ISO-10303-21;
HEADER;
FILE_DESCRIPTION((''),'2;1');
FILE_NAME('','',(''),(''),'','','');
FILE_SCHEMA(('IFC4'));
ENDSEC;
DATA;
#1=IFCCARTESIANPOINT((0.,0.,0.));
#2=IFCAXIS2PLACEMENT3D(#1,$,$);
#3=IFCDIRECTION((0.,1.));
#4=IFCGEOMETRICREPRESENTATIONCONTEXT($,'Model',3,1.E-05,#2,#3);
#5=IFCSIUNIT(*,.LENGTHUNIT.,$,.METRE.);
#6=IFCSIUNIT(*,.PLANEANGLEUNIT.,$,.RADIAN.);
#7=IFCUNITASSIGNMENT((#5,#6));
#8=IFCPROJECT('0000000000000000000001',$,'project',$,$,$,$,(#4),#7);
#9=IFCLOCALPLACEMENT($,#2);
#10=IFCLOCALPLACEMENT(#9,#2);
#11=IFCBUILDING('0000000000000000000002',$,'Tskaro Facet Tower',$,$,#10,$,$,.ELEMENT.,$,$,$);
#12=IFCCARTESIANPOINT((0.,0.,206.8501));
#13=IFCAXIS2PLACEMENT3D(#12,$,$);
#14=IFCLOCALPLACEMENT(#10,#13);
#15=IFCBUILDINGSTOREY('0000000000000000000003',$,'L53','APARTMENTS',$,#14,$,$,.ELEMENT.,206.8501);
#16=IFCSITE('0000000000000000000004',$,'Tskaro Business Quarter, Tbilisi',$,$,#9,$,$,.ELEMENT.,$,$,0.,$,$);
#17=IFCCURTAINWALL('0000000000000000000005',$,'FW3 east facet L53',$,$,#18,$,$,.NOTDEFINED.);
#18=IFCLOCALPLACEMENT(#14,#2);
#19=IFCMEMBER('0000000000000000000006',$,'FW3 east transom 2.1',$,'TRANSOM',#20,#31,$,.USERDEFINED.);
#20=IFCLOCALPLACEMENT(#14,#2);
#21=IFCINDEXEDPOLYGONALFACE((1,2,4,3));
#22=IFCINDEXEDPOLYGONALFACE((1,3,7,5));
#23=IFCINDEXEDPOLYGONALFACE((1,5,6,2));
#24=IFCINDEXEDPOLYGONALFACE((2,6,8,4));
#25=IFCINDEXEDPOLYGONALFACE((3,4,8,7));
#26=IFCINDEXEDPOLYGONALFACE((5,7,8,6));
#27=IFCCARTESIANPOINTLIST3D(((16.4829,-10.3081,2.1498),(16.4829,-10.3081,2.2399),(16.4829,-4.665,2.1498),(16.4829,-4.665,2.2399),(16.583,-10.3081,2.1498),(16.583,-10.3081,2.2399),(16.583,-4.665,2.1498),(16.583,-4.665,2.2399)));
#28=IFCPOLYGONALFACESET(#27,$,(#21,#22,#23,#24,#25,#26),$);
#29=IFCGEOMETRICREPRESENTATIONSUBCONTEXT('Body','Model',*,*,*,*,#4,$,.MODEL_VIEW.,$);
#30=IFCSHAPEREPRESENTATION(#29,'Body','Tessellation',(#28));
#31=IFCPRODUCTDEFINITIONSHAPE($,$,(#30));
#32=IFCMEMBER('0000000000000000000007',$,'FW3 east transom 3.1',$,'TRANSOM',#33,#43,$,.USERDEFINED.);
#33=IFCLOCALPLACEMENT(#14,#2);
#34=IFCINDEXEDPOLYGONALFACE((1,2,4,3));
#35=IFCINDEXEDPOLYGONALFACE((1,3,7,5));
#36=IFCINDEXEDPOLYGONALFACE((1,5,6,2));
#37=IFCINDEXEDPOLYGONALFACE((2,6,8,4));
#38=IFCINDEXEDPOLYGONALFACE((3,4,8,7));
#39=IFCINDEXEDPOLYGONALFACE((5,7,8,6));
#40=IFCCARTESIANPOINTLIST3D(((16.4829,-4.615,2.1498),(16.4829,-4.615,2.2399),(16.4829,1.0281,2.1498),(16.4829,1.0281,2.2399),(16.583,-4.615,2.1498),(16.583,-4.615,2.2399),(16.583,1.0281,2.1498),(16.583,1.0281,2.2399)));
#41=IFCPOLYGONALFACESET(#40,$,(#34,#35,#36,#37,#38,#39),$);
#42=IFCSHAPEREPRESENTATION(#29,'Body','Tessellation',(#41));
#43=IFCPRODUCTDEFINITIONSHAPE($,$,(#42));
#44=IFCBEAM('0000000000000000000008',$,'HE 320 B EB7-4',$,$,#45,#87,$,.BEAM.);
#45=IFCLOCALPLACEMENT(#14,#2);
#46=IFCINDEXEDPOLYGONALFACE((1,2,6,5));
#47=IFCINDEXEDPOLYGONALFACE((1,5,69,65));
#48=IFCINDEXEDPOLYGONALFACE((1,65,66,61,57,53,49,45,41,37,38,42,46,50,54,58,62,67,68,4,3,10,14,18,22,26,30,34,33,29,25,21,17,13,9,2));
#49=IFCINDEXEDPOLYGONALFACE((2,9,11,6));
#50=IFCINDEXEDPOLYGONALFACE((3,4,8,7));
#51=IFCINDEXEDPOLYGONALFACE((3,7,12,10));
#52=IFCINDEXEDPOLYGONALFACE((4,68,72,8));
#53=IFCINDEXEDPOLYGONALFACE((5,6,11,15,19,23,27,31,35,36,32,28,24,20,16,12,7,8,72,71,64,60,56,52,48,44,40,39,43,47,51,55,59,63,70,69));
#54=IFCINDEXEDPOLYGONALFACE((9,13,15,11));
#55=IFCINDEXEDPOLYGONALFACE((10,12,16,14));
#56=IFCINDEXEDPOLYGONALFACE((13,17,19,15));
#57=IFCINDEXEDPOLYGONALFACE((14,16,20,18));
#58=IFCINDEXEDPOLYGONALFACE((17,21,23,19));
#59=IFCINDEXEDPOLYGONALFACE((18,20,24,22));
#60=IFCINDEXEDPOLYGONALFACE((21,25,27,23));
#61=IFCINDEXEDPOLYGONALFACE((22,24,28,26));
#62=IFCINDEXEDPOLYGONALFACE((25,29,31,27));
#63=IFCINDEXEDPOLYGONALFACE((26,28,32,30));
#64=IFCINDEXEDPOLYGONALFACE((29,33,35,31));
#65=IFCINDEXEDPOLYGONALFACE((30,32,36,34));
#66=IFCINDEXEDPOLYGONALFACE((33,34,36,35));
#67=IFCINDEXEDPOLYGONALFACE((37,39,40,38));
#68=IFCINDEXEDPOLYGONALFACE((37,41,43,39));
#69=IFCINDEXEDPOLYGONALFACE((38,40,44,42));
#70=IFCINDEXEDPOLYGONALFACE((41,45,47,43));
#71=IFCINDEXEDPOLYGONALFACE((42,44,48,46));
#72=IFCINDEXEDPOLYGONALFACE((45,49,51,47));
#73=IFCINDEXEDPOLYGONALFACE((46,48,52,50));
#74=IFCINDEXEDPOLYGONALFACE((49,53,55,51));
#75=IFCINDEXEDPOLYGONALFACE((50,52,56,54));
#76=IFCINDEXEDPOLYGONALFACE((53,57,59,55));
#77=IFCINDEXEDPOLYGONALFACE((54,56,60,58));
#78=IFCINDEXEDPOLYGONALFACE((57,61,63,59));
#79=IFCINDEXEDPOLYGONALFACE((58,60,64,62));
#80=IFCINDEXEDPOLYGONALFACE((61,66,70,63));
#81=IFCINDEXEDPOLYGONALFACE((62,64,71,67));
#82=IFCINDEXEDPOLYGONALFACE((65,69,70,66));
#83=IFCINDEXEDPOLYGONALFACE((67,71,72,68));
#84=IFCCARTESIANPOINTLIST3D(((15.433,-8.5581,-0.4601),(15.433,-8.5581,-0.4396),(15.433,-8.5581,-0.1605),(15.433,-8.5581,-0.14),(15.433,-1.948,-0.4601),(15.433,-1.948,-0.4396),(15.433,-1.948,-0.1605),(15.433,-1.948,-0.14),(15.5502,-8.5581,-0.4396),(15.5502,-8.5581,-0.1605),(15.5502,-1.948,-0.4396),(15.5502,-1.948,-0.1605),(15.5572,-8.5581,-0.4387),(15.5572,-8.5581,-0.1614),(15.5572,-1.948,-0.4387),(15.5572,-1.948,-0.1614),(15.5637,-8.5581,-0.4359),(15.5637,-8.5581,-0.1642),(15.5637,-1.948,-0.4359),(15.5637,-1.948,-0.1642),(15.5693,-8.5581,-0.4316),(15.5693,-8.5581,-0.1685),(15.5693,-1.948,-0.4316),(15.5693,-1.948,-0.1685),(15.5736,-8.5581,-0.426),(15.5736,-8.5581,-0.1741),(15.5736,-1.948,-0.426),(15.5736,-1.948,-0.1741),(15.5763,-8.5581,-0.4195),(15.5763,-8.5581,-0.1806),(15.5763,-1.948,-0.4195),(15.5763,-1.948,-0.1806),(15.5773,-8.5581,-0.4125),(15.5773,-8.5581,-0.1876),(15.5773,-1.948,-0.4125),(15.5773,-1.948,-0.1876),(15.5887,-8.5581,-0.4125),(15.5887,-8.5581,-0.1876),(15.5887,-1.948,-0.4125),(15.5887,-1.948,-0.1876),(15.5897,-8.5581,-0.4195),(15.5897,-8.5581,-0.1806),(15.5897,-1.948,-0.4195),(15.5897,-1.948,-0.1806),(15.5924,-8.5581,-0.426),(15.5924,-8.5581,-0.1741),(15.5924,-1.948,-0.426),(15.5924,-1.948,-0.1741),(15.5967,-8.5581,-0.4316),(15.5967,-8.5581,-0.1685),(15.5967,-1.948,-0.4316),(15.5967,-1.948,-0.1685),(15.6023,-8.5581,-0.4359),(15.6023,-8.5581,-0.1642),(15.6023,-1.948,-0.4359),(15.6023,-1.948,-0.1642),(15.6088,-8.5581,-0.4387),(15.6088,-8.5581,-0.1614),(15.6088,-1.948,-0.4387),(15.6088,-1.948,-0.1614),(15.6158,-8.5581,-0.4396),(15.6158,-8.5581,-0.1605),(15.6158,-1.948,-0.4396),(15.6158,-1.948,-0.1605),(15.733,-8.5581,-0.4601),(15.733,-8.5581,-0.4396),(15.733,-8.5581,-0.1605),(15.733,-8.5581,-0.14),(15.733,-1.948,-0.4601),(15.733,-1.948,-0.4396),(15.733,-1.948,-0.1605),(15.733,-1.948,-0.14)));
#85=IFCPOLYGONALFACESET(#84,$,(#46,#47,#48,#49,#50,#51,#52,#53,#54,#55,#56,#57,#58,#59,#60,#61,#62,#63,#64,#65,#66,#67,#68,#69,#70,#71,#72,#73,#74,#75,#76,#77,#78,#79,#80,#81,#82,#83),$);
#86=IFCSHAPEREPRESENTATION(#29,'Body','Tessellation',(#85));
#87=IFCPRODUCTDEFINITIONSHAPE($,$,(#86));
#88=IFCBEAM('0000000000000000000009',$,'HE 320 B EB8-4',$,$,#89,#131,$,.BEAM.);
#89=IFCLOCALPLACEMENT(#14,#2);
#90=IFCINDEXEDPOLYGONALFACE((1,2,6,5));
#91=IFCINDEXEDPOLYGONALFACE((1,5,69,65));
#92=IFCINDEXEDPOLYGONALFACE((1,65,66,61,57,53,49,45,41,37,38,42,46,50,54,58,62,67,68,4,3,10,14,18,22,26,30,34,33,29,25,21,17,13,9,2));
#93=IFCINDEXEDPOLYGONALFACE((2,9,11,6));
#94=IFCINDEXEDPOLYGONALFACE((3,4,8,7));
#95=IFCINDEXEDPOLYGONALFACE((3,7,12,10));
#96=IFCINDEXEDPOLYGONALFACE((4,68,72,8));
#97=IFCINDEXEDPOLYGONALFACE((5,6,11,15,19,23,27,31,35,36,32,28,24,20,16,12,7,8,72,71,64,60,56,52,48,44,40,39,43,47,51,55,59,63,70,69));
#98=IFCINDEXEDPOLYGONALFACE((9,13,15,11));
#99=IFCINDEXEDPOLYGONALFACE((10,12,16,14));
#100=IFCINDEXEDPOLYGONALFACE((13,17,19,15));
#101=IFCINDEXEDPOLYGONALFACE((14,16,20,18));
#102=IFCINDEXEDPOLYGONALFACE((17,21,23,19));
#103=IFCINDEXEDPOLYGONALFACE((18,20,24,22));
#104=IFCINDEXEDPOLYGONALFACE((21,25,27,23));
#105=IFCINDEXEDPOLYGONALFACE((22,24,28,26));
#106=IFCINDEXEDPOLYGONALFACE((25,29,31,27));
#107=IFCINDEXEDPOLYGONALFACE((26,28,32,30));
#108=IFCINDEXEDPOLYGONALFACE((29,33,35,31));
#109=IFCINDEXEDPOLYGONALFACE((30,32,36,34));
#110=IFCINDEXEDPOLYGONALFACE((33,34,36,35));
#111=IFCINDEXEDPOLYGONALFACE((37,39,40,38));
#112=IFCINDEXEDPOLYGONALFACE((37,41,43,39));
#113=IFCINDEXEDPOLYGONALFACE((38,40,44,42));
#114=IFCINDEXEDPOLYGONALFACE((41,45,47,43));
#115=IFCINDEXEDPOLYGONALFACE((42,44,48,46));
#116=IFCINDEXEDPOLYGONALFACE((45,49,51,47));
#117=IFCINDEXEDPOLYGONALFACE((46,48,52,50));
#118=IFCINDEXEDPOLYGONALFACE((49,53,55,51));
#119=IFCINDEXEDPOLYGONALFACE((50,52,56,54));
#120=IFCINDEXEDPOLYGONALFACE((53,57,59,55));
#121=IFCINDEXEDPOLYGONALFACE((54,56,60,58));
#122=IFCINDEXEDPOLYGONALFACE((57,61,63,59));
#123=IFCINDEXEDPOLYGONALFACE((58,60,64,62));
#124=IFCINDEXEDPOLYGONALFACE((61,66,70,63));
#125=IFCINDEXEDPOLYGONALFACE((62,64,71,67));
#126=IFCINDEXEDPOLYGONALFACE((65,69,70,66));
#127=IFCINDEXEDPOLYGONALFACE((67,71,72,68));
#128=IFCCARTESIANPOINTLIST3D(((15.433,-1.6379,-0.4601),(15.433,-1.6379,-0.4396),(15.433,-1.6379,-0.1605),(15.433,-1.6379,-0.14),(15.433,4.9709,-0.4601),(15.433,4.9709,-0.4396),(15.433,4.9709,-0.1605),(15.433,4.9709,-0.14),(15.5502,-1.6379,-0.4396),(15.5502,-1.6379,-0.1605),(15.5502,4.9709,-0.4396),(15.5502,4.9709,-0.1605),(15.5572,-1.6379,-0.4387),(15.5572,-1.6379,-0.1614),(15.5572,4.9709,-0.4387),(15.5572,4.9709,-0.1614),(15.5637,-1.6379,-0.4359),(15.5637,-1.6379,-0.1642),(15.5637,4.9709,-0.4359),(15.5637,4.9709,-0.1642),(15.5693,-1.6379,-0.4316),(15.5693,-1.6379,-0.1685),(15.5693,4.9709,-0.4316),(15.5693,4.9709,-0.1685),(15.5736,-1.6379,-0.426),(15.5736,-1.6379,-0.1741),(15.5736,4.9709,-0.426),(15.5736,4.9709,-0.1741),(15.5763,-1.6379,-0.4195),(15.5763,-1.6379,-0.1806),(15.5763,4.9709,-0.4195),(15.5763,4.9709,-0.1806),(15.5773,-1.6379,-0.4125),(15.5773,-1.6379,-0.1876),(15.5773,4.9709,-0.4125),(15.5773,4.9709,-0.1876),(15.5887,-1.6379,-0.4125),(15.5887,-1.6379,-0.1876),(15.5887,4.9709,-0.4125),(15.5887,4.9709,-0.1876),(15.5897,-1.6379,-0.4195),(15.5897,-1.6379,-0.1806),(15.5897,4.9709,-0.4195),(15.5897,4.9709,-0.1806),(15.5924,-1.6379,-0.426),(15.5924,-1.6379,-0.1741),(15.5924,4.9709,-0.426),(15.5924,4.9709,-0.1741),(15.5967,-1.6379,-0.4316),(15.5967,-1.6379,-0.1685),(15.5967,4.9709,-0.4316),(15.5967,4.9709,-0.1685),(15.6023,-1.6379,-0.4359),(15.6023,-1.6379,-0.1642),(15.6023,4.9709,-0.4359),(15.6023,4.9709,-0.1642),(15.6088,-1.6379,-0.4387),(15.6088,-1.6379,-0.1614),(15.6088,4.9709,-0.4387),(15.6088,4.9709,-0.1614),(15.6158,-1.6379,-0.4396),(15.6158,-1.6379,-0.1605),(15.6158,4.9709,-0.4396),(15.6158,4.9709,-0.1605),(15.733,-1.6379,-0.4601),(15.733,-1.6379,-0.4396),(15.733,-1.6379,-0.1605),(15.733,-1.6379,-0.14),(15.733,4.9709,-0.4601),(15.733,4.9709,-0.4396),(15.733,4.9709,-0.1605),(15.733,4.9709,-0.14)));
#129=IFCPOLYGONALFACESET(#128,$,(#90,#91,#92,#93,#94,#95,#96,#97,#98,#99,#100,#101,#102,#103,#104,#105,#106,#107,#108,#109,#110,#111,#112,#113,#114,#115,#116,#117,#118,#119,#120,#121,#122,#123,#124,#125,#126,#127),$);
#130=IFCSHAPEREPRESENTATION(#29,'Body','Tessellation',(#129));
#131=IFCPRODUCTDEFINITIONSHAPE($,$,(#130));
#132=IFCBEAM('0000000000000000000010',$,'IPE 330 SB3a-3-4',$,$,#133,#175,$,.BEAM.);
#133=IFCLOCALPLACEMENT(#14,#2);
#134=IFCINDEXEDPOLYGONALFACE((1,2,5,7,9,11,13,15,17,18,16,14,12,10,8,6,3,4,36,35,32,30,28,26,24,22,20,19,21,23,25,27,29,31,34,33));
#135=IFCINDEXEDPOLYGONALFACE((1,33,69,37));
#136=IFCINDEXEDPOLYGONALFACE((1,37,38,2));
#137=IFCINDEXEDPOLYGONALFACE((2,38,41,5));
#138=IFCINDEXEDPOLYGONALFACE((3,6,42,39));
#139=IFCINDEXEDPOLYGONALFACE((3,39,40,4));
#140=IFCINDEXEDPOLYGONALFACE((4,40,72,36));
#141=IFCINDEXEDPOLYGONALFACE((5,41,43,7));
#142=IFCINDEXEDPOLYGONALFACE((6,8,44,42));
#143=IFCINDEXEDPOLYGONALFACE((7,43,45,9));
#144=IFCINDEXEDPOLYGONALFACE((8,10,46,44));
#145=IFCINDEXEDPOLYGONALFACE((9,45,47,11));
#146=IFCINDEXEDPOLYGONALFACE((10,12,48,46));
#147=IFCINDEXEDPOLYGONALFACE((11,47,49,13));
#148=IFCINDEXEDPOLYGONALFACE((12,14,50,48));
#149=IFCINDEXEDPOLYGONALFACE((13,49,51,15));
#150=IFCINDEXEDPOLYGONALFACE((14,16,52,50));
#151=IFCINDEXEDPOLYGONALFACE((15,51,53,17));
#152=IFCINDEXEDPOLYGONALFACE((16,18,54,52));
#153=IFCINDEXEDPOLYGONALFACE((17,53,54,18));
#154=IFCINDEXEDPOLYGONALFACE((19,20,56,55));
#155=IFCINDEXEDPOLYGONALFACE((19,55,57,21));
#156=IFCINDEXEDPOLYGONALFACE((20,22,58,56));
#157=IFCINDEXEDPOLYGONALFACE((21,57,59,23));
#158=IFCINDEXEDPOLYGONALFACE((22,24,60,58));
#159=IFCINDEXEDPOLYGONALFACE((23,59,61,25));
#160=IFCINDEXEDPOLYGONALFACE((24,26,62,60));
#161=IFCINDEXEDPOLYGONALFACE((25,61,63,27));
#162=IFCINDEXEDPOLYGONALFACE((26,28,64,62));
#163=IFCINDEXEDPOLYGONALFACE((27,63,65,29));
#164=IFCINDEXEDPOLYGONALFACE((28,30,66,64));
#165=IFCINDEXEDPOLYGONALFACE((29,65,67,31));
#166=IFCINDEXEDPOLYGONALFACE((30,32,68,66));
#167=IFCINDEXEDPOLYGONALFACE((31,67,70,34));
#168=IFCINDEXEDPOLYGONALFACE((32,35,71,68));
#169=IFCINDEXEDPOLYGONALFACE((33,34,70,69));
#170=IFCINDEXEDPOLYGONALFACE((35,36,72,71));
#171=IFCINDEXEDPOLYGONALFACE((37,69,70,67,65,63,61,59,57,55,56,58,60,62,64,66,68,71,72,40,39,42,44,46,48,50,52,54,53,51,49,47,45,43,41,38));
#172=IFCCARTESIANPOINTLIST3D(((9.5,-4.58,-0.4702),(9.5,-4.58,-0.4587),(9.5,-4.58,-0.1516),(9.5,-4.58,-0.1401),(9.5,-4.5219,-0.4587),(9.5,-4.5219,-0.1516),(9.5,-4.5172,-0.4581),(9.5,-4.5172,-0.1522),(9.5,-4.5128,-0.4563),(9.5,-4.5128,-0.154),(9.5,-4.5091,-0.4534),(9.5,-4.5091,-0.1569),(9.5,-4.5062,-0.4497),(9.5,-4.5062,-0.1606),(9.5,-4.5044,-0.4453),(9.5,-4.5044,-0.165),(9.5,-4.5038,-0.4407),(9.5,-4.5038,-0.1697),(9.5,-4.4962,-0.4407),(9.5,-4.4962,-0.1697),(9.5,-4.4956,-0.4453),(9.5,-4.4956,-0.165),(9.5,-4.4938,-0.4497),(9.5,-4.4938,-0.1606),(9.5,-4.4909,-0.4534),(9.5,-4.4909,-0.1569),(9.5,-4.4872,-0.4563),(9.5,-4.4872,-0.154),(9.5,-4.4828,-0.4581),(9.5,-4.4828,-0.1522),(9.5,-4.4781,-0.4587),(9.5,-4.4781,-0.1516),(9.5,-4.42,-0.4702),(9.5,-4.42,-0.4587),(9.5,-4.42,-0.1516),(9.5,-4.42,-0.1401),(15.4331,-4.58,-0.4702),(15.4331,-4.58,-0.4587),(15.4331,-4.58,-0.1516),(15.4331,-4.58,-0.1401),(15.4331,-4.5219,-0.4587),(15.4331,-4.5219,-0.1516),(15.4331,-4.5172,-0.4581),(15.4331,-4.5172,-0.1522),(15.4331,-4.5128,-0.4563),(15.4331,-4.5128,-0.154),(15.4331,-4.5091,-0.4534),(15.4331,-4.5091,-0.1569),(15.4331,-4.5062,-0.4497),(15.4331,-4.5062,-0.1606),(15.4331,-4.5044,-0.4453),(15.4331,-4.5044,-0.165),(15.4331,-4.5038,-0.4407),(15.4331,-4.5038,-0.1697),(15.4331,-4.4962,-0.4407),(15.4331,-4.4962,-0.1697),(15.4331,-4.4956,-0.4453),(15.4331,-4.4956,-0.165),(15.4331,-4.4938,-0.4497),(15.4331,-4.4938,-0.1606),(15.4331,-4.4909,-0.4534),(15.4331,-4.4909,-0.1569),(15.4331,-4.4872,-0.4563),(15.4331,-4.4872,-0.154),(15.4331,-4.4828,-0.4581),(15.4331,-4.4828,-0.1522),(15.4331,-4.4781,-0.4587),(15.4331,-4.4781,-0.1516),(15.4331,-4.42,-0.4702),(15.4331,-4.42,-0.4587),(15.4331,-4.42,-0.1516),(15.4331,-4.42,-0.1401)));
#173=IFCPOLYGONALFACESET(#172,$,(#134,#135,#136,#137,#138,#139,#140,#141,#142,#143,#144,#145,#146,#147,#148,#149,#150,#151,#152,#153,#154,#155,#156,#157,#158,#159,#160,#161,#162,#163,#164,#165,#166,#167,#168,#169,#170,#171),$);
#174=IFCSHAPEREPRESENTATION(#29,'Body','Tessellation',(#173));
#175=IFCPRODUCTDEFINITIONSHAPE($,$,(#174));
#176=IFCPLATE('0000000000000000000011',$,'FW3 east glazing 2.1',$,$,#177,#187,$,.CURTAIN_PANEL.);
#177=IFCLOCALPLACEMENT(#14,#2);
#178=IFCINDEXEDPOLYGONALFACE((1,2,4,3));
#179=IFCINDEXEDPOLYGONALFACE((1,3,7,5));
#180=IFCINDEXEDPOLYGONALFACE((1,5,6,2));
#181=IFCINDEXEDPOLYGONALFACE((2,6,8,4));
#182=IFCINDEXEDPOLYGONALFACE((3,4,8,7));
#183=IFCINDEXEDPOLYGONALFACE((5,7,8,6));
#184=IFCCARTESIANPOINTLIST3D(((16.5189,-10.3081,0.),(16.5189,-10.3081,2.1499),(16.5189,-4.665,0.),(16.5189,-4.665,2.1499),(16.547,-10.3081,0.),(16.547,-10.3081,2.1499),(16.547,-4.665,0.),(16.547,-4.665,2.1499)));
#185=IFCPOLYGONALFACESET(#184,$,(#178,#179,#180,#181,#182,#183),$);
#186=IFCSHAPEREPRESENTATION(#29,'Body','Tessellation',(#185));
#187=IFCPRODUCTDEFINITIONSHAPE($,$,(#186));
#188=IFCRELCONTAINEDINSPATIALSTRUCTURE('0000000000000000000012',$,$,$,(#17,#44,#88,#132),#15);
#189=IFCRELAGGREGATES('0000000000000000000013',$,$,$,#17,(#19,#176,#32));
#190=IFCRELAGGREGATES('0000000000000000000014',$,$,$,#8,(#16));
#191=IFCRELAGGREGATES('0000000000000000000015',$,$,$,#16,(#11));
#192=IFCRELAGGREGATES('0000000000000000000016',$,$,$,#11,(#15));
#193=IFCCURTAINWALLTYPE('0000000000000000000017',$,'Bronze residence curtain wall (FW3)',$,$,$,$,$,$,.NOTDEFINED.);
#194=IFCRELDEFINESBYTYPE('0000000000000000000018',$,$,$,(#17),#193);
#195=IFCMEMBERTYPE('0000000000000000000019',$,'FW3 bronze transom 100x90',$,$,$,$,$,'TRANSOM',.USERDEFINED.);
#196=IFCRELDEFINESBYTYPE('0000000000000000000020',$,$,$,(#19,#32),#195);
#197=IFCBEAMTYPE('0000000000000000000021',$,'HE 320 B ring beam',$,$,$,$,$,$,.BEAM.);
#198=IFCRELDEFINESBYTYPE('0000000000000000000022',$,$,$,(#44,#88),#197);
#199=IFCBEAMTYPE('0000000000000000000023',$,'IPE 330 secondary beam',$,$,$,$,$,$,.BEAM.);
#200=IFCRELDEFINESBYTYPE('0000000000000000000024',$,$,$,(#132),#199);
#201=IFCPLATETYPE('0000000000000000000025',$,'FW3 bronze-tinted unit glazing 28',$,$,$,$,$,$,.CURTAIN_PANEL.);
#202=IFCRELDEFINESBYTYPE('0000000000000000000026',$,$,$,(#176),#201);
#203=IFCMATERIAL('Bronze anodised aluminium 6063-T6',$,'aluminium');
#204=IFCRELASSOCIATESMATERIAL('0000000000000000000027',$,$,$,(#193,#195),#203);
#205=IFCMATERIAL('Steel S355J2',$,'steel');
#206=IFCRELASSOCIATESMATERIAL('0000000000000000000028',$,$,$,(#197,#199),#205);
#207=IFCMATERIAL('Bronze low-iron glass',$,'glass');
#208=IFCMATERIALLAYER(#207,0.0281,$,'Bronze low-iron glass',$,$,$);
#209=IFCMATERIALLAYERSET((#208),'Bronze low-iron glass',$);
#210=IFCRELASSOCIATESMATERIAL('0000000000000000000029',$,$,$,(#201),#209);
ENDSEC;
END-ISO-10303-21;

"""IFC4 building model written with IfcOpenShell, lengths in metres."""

from ifc_helpers import new_model, si_unit, direction, frame, origin, origin_2d, place, context, subcontext, project, spatial, rectangle, i_section, extrude, material, layer, layer_set, material_profile, profile_set, type_object, element, aggregate, save


model = new_model("IFC4")

# Units and contexts
model_context = context("Model", 3, precision=1e-05, world=origin(), true_north=direction((0.0, 1.0)))
body_context = subcontext(model_context, "Body", "Model", "MODEL_VIEW")
ifc_project = project(units=[si_unit("LENGTHUNIT", "METRE"), si_unit("PLANEANGLEUNIT", "RADIAN")], contexts=[model_context])

# Site, building, storey
site_placement = place(None, origin())
site = spatial("IfcSite", under=ifc_project, at=site_placement, Name="Tskaro Business Quarter, Tbilisi", CompositionType="ELEMENT", RefElevation=0.0)
building_placement = place(site_placement, origin())
building = spatial("IfcBuilding", under=site, at=building_placement, Name="Tskaro Facet Tower", CompositionType="ELEMENT")
storey_placement = place(building_placement, frame((0.0, 0.0, 206.8501)))
storey = spatial("IfcBuildingStorey", under=building, at=storey_placement, Name="L53", Description="APARTMENTS", CompositionType="ELEMENT", Elevation=206.8501)

# Curtain wall, members
ifc_material_1 = material(Name="Bronze anodised aluminium 6063-T6", Category="aluminium")
curtain_wall_type = type_object("IfcCurtainWallType", Name="Bronze residence curtain wall (FW3)", PredefinedType="NOTDEFINED", material=ifc_material_1)
curtain_wall_placement = place(storey_placement, origin())
curtain_wall = element("IfcCurtainWall", 1, at=curtain_wall_placement, inside=storey, type_object=curtain_wall_type, Name="FW3 east facet L53", PredefinedType="NOTDEFINED")
ifc_material_profile_1 = material_profile(ifc_material_1, rectangle(XDim=0.1001, YDim=0.0901, at=origin_2d()), Name="Transom 100x90")
ifc_profile_set_1 = profile_set([ifc_material_profile_1], Name="Bronze anodised aluminium 6063-T6")
member_type_1 = type_object("IfcMemberType", Name="FW3 bronze transom 100x90", ElementType="TRANSOM", PredefinedType="USERDEFINED", material=ifc_profile_set_1)
member_1_placement = place(storey_placement, frame((16.533, -10.3081, 2.1948), z_axis=(0.0, 1.0, 0.0), x_axis=(-1.0, 0.0, 0.0)))
member_1 = element("IfcMember", 2, at=member_1_placement, type_object=member_type_1, Name="FW3 east transom 2.1", ObjectType="TRANSOM", PredefinedType="USERDEFINED", context=body_context, shape_type="SweptSolid", body=[
    extrude(rectangle(XDim=0.1001, YDim=0.0901, at=origin_2d()), origin(), (0.0, 0.0, 1.0), 5.6431),
])
member_2_placement = place(storey_placement, frame((16.533, -4.615, 2.1948), z_axis=(0.0, 1.0, 0.0), x_axis=(-1.0, 0.0, 0.0)))
member_2 = element("IfcMember", 3, at=member_2_placement, type_object=member_type_1, Name="FW3 east transom 3.1", ObjectType="TRANSOM", PredefinedType="USERDEFINED", context=body_context, shape_type="SweptSolid", body=[
    extrude(rectangle(XDim=0.1001, YDim=0.0901, at=origin_2d()), origin(), (0.0, 0.0, 1.0), 5.6431),
])

# Beams
ifc_material_2 = material(Name="Steel S355J2", Category="steel")
ifc_material_profile_2 = material_profile(ifc_material_2, i_section(OverallWidth=0.3, OverallDepth=0.3201, WebThickness=0.0115, FlangeThickness=0.0205, FilletRadius=0.0271, at=origin_2d()), Name="HE 320 B")
ifc_profile_set_2 = profile_set([ifc_material_profile_2], Name="Steel S355J2")
beam_type_1 = type_object("IfcBeamType", Name="HE 320 B ring beam", PredefinedType="BEAM", material=ifc_profile_set_2)
beam_1_placement = place(storey_placement, frame((15.583, -8.5581, -0.3), z_axis=(0.0, 1.0, 0.0), x_axis=(-1.0, 0.0, 0.0)))
element("IfcBeam", 4, at=beam_1_placement, inside=storey, type_object=beam_type_1, Name="HE 320 B EB7-4", PredefinedType="BEAM", context=body_context, shape_type="SweptSolid", body=[
    extrude(i_section(OverallWidth=0.3, OverallDepth=0.3201, WebThickness=0.0115, FlangeThickness=0.0205, FilletRadius=0.0271, at=origin_2d()), origin(), (0.0, 0.0, 1.0), 6.6101),
])
beam_2_placement = place(storey_placement, frame((15.583, -1.6379, -0.3), z_axis=(0.0, 1.0, 0.0), x_axis=(-1.0, 0.0, 0.0)))
element("IfcBeam", 5, at=beam_2_placement, inside=storey, type_object=beam_type_1, Name="HE 320 B EB8-4", PredefinedType="BEAM", context=body_context, shape_type="SweptSolid", body=[
    extrude(i_section(OverallWidth=0.3, OverallDepth=0.3201, WebThickness=0.0115, FlangeThickness=0.0205, FilletRadius=0.0271, at=origin_2d()), origin(), (0.0, 0.0, 1.0), 6.6089),
])
ifc_material_profile_3 = material_profile(ifc_material_2, i_section(OverallWidth=0.1599, OverallDepth=0.3301, WebThickness=0.0076, FlangeThickness=0.0115, FilletRadius=0.0181, at=origin_2d()), Name="IPE 330")
ifc_profile_set_3 = profile_set([ifc_material_profile_3], Name="Steel S355J2")
beam_type_2 = type_object("IfcBeamType", Name="IPE 330 secondary beam", PredefinedType="BEAM", material=ifc_profile_set_3)
beam_3_placement = place(storey_placement, frame((9.5, -4.5, -0.3052), z_axis=(1.0, 0.0, 0.0), x_axis=(0.0, 1.0, 0.0)))
element("IfcBeam", 6, at=beam_3_placement, inside=storey, type_object=beam_type_2, Name="IPE 330 SB3a-3-4", PredefinedType="BEAM", context=body_context, shape_type="SweptSolid", body=[
    extrude(i_section(OverallWidth=0.1599, OverallDepth=0.3301, WebThickness=0.0076, FlangeThickness=0.0115, FilletRadius=0.0181, at=origin_2d()), origin(), (0.0, 0.0, 1.0), 5.9331),
])

# Plate
ifc_material_3 = material(Name="Bronze low-iron glass", Category="glass")
ifc_layer_1 = layer(ifc_material_3, 0.0281, Name="Bronze low-iron glass")
ifc_layer_set_1 = layer_set([ifc_layer_1], Name="Bronze low-iron glass")
plate_type = type_object("IfcPlateType", Name="FW3 bronze-tinted unit glazing 28", PredefinedType="CURTAIN_PANEL", material=ifc_layer_set_1)
plate_1_placement = place(storey_placement, frame((16.533, -7.4866, 0.0), z_axis=(0.0, 0.0, 1.0), x_axis=(0.0, 1.0, 0.0)))
plate_1 = element("IfcPlate", 7, at=plate_1_placement, type_object=plate_type, Name="FW3 east glazing 2.1", PredefinedType="CURTAIN_PANEL", context=body_context, shape_type="SweptSolid", body=[
    extrude(rectangle(XDim=5.6431, YDim=0.0281, at=origin_2d()), origin(), (0.0, 0.0, 1.0), 2.1499),
])
aggregate(curtain_wall, [member_1, plate_1, member_2])

save(model, "model.ifc")
